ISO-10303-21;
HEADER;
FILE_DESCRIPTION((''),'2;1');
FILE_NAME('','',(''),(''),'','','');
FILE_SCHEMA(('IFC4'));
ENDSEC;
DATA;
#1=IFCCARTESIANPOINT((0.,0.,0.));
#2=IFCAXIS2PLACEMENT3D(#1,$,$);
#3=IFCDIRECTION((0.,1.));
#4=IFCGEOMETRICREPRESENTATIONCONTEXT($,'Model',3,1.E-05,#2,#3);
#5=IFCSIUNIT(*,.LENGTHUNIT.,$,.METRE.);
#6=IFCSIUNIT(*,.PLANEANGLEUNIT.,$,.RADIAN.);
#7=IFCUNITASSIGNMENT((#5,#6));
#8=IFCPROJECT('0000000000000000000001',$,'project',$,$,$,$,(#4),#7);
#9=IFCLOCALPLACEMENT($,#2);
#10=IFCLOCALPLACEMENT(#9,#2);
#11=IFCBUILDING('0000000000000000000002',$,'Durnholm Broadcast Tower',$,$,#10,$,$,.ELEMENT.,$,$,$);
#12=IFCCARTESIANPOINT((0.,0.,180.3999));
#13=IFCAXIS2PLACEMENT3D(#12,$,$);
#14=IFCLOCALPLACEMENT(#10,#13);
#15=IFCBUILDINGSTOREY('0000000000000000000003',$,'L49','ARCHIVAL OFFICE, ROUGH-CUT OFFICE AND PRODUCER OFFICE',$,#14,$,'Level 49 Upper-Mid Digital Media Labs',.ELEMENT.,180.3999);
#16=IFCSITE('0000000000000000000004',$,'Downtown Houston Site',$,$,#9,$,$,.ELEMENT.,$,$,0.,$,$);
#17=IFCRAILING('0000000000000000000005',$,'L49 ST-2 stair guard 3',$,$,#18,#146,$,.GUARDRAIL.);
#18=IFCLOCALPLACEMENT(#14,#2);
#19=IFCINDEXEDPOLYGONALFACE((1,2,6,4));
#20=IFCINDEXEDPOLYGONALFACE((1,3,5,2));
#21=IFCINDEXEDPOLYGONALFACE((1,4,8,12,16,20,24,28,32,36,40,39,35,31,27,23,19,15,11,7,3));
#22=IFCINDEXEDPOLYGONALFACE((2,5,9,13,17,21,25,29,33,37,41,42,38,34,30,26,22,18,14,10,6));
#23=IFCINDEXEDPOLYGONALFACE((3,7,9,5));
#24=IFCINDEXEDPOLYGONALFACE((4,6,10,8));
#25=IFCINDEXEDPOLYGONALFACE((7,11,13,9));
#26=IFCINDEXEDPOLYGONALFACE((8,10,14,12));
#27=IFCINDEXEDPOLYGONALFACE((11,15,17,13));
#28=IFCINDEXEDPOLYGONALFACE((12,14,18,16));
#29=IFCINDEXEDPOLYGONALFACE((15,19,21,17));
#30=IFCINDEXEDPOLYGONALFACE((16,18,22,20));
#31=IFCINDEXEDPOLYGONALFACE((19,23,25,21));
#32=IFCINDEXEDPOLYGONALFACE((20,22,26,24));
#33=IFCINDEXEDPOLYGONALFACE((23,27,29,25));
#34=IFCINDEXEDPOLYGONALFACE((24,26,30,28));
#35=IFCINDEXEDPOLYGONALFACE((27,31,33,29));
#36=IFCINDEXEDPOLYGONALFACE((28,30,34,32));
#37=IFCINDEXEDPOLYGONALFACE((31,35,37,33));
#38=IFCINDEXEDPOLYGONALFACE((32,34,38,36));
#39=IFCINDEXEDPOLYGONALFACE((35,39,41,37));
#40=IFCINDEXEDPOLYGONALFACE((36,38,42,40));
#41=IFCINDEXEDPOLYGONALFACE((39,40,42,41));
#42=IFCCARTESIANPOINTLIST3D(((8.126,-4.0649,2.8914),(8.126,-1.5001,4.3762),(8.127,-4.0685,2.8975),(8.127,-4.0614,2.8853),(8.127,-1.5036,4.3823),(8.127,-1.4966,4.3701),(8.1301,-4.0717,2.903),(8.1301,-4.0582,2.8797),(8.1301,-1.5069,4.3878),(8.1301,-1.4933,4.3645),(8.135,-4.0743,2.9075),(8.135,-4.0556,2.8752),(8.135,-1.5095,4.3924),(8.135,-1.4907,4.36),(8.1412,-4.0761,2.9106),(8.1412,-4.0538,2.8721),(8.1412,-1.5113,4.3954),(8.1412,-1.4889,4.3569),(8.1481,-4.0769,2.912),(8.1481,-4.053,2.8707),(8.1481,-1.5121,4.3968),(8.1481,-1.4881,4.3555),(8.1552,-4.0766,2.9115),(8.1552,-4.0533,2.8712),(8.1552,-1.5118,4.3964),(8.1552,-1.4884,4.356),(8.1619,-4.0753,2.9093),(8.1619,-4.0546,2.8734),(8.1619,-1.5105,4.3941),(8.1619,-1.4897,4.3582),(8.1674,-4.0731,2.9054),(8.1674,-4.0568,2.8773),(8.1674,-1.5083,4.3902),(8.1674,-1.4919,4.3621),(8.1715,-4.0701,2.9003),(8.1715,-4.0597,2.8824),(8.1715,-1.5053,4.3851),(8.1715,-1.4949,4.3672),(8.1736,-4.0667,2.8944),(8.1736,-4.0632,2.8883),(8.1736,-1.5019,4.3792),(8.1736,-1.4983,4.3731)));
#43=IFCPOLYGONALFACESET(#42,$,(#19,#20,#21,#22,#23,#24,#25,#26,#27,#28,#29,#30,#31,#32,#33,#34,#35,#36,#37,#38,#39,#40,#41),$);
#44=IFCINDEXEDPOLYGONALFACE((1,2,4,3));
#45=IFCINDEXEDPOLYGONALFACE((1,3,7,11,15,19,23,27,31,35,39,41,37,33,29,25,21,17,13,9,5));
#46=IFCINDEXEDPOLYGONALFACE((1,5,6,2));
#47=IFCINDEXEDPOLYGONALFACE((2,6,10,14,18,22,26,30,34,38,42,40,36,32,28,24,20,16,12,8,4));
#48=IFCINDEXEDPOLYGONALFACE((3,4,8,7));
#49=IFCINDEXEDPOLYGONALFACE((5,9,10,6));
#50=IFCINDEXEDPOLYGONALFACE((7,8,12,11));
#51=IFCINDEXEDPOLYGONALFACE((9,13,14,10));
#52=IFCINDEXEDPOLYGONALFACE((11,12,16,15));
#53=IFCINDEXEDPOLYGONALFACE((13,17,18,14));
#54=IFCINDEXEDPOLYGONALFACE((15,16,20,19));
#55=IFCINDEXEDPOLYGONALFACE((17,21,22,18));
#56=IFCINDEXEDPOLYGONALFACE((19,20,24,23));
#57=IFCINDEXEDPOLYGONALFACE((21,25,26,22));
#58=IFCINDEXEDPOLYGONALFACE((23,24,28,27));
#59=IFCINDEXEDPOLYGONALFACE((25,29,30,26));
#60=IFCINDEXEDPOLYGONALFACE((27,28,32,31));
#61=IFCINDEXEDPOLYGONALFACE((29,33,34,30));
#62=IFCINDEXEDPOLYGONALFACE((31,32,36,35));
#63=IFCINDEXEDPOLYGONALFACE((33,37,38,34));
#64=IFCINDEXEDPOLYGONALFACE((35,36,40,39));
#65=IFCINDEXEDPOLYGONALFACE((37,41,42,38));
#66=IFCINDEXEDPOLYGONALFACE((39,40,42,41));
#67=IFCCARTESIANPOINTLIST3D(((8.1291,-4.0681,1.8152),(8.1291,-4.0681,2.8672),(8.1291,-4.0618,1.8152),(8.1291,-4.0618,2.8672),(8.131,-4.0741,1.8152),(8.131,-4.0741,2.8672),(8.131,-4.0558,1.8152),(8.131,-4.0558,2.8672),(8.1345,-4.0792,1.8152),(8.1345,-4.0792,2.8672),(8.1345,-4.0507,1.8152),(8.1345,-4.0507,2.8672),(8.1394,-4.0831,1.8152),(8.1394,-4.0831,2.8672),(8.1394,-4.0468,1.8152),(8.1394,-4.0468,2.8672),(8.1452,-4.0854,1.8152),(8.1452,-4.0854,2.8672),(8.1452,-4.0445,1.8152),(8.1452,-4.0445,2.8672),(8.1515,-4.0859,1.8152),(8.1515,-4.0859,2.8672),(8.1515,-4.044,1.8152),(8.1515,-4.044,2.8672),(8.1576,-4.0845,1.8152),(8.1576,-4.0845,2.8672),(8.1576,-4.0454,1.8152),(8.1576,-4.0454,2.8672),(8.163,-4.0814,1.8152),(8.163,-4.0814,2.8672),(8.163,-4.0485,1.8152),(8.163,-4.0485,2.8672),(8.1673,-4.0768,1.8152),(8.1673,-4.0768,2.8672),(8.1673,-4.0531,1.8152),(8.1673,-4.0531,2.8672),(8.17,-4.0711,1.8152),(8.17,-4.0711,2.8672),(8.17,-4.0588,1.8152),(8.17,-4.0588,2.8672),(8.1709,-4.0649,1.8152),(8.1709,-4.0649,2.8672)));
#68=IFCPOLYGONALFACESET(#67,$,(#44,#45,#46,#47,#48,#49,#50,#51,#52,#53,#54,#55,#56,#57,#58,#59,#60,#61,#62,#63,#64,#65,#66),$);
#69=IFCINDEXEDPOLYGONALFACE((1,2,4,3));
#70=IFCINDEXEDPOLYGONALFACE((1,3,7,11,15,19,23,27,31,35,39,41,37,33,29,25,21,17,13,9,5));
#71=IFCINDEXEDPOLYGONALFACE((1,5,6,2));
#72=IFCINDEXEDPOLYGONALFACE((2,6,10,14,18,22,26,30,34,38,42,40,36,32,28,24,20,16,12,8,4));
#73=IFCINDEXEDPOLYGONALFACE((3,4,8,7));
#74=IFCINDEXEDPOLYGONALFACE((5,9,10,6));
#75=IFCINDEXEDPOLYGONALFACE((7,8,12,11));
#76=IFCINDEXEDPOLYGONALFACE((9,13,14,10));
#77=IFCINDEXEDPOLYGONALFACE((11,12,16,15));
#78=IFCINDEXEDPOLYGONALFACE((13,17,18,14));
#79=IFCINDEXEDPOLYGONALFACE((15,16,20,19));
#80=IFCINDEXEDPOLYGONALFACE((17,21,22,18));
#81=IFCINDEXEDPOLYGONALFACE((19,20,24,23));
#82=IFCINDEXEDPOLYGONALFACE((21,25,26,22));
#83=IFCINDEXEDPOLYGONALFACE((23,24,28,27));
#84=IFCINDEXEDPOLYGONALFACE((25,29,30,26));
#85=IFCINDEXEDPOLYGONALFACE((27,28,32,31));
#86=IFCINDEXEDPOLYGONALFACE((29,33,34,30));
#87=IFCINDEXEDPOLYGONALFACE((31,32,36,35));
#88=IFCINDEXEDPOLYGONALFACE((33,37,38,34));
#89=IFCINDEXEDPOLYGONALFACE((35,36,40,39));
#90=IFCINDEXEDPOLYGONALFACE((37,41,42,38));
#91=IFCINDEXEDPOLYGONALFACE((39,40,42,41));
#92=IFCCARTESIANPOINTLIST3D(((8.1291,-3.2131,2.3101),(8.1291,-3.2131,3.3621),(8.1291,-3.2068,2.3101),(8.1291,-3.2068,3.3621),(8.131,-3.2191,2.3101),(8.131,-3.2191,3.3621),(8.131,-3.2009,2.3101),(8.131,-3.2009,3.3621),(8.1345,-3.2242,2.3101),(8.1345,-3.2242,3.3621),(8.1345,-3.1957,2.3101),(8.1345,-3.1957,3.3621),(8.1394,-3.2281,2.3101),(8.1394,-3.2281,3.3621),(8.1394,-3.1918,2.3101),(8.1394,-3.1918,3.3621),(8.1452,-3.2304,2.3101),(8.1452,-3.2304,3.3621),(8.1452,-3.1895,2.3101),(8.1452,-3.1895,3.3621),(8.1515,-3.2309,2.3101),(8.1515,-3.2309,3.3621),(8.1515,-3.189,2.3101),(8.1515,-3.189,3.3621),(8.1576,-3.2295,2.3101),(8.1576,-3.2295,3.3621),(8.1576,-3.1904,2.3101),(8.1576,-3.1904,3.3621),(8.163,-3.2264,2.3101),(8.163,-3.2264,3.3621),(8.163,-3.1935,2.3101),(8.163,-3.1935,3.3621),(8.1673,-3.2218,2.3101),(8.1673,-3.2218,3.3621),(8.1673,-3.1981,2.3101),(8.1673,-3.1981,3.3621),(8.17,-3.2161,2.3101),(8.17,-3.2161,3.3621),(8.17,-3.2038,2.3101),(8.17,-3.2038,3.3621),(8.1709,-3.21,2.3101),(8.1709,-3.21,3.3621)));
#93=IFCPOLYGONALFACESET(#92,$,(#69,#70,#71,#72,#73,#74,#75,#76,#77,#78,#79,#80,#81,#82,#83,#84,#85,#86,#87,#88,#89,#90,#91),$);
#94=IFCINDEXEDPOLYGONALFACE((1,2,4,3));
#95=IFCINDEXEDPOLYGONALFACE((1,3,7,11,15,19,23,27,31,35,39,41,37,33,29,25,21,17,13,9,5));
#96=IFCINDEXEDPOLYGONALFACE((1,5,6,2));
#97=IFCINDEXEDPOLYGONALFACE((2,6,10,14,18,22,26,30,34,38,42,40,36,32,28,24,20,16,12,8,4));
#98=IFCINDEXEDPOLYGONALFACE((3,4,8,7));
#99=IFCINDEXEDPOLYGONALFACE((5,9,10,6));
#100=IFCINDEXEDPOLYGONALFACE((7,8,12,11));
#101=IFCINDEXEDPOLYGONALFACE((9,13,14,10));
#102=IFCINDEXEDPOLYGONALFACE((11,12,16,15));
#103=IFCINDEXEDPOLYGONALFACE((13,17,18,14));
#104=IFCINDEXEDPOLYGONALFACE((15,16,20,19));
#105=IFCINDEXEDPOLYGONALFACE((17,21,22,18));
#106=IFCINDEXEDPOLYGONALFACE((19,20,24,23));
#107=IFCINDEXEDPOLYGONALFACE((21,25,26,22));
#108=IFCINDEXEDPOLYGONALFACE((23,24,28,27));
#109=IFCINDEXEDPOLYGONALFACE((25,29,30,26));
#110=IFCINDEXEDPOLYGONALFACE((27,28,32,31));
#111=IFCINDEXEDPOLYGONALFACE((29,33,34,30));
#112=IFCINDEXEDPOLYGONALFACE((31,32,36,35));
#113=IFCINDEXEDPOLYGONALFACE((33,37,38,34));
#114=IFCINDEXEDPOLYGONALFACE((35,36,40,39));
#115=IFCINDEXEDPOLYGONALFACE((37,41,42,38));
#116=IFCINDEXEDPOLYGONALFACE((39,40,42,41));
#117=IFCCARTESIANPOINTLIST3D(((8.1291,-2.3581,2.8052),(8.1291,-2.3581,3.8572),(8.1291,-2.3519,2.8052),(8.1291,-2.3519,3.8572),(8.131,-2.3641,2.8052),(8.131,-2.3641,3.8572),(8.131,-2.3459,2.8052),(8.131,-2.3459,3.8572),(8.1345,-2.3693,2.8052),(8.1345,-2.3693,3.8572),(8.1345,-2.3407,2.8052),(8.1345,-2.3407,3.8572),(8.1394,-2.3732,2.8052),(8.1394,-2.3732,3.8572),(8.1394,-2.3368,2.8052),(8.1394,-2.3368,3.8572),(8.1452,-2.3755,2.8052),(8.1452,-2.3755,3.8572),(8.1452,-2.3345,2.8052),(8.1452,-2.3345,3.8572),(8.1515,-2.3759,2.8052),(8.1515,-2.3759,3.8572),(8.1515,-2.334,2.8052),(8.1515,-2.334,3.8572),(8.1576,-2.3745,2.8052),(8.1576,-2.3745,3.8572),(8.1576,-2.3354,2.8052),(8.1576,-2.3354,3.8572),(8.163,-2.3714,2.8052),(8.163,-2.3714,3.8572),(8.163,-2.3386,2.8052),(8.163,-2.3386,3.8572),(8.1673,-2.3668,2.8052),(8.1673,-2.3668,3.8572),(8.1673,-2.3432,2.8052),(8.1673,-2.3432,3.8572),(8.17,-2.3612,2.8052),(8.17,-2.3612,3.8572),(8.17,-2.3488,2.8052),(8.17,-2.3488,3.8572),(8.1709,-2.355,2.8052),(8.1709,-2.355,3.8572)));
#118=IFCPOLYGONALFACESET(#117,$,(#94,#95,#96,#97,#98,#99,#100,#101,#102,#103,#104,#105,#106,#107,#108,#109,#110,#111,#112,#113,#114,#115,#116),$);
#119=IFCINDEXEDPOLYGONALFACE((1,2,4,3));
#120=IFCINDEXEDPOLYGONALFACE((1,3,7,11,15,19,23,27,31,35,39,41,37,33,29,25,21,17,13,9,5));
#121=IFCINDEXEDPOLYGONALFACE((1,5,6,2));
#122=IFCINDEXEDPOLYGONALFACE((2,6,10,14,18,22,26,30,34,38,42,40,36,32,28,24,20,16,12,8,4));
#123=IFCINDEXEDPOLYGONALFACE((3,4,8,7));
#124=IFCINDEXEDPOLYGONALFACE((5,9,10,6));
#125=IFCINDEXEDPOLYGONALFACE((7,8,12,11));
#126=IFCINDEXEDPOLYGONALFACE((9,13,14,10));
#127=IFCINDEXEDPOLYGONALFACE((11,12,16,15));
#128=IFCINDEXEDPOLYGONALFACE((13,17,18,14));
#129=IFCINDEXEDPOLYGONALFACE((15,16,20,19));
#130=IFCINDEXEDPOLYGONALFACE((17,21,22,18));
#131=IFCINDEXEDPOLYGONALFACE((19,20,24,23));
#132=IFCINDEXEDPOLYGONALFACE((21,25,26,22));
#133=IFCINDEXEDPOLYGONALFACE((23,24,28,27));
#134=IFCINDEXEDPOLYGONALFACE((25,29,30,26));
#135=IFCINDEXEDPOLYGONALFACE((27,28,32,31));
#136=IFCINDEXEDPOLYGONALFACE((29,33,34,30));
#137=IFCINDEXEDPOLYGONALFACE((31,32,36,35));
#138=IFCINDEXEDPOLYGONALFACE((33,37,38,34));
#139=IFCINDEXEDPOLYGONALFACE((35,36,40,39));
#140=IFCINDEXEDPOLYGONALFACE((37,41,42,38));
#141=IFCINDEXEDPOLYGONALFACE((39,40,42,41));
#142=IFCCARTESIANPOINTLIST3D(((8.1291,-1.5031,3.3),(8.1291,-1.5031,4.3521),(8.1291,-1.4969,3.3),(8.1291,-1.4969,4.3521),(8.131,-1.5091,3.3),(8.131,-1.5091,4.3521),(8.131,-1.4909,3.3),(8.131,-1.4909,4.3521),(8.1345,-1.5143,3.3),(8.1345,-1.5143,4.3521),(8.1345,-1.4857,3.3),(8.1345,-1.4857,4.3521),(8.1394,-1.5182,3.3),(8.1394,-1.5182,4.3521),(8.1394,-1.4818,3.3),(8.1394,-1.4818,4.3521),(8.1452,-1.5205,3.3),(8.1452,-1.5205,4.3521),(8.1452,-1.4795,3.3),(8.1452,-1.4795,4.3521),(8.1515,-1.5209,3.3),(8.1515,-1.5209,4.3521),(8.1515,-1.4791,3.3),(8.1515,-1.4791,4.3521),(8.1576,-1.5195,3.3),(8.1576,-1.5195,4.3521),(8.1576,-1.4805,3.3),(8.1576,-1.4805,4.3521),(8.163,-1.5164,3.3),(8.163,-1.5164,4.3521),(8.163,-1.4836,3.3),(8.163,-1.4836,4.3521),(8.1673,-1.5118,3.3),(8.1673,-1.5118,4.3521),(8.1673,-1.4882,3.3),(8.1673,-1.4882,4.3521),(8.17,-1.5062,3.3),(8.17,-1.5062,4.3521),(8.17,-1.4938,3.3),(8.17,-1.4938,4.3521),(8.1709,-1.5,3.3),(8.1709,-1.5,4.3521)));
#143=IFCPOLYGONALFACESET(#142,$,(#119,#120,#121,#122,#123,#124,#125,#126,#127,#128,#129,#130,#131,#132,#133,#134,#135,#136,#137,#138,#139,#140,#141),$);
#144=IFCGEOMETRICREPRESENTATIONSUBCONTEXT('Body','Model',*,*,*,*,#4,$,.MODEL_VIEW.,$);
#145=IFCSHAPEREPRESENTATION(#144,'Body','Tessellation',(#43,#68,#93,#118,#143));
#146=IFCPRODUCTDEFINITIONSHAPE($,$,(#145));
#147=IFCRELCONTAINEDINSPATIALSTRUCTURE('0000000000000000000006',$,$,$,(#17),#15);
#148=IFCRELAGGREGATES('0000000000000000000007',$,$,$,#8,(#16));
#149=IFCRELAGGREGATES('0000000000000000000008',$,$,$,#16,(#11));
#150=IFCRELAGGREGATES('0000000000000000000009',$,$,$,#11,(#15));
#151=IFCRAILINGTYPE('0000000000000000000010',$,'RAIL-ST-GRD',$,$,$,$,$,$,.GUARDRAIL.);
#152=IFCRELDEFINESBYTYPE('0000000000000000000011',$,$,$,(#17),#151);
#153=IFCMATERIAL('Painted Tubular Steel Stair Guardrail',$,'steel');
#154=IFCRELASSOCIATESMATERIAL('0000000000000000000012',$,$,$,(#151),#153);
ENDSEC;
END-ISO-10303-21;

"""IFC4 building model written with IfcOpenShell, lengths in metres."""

from ifc_helpers import new_model, si_unit, direction, frame, origin, origin_2d, place, context, subcontext, project, spatial, circle, extrude, material, type_object, element, save


model = new_model("IFC4")

# Units and contexts
model_context = context("Model", 3, precision=1e-05, world=origin(), true_north=direction((0.0, 1.0)))
body_context = subcontext(model_context, "Body", "Model", "MODEL_VIEW")
ifc_project = project(units=[si_unit("LENGTHUNIT", "METRE"), si_unit("PLANEANGLEUNIT", "RADIAN")], contexts=[model_context])

# Site, building, storey
site_placement = place(None, origin())
site = spatial("IfcSite", under=ifc_project, at=site_placement, Name="Downtown Houston Site", CompositionType="ELEMENT", RefElevation=0.0)
building_placement = place(site_placement, origin())
building = spatial("IfcBuilding", under=site, at=building_placement, Name="Durnholm Broadcast Tower", CompositionType="ELEMENT")
storey_placement = place(building_placement, frame((0.0, 0.0, 180.3999)))
storey = spatial("IfcBuildingStorey", under=building, at=storey_placement, Name="L49", Description="ARCHIVAL OFFICE, ROUGH-CUT OFFICE AND PRODUCER OFFICE", LongName="Level 49 Upper-Mid Digital Media Labs", CompositionType="ELEMENT", Elevation=180.3999)

# Railing
ifc_material_1 = material(Name="Painted Tubular Steel Stair Guardrail", Category="steel")
railing_type_1 = type_object("IfcRailingType", Name="RAIL-ST-GRD", PredefinedType="GUARDRAIL", material=ifc_material_1)
railing_1_placement = place(storey_placement, frame((8.1499, -4.0649, 1.8152)))
element("IfcRailing", 1, at=railing_1_placement, inside=storey, type_object=railing_type_1, Name="L49 ST-2 stair guard 3", PredefinedType="GUARDRAIL", context=body_context, shape_type="SweptSolid", body=[
    extrude(circle(Radius=0.0239, at=origin_2d()), frame((0.0, 0.0, 1.0762), z_axis=(0.0, 0.865441, 0.50101), x_axis=(-1.0, 0.0, 0.0)), (0.0, 0.0, 1.0), 2.9636),
    extrude(circle(Radius=0.021, at=origin_2d()), origin(), (0.0, 0.0, 1.0), 1.052),
    extrude(circle(Radius=0.021, at=origin_2d()), frame((0.0, 0.855, 0.4949)), (0.0, 0.0, 1.0), 1.052),
    extrude(circle(Radius=0.021, at=origin_2d()), frame((0.0, 1.71, 0.99)), (0.0, 0.0, 1.0), 1.052),
    extrude(circle(Radius=0.021, at=origin_2d()), frame((0.0, 2.5649, 1.4849)), (0.0, 0.0, 1.0), 1.052),
])

save(model, "model.ifc")
